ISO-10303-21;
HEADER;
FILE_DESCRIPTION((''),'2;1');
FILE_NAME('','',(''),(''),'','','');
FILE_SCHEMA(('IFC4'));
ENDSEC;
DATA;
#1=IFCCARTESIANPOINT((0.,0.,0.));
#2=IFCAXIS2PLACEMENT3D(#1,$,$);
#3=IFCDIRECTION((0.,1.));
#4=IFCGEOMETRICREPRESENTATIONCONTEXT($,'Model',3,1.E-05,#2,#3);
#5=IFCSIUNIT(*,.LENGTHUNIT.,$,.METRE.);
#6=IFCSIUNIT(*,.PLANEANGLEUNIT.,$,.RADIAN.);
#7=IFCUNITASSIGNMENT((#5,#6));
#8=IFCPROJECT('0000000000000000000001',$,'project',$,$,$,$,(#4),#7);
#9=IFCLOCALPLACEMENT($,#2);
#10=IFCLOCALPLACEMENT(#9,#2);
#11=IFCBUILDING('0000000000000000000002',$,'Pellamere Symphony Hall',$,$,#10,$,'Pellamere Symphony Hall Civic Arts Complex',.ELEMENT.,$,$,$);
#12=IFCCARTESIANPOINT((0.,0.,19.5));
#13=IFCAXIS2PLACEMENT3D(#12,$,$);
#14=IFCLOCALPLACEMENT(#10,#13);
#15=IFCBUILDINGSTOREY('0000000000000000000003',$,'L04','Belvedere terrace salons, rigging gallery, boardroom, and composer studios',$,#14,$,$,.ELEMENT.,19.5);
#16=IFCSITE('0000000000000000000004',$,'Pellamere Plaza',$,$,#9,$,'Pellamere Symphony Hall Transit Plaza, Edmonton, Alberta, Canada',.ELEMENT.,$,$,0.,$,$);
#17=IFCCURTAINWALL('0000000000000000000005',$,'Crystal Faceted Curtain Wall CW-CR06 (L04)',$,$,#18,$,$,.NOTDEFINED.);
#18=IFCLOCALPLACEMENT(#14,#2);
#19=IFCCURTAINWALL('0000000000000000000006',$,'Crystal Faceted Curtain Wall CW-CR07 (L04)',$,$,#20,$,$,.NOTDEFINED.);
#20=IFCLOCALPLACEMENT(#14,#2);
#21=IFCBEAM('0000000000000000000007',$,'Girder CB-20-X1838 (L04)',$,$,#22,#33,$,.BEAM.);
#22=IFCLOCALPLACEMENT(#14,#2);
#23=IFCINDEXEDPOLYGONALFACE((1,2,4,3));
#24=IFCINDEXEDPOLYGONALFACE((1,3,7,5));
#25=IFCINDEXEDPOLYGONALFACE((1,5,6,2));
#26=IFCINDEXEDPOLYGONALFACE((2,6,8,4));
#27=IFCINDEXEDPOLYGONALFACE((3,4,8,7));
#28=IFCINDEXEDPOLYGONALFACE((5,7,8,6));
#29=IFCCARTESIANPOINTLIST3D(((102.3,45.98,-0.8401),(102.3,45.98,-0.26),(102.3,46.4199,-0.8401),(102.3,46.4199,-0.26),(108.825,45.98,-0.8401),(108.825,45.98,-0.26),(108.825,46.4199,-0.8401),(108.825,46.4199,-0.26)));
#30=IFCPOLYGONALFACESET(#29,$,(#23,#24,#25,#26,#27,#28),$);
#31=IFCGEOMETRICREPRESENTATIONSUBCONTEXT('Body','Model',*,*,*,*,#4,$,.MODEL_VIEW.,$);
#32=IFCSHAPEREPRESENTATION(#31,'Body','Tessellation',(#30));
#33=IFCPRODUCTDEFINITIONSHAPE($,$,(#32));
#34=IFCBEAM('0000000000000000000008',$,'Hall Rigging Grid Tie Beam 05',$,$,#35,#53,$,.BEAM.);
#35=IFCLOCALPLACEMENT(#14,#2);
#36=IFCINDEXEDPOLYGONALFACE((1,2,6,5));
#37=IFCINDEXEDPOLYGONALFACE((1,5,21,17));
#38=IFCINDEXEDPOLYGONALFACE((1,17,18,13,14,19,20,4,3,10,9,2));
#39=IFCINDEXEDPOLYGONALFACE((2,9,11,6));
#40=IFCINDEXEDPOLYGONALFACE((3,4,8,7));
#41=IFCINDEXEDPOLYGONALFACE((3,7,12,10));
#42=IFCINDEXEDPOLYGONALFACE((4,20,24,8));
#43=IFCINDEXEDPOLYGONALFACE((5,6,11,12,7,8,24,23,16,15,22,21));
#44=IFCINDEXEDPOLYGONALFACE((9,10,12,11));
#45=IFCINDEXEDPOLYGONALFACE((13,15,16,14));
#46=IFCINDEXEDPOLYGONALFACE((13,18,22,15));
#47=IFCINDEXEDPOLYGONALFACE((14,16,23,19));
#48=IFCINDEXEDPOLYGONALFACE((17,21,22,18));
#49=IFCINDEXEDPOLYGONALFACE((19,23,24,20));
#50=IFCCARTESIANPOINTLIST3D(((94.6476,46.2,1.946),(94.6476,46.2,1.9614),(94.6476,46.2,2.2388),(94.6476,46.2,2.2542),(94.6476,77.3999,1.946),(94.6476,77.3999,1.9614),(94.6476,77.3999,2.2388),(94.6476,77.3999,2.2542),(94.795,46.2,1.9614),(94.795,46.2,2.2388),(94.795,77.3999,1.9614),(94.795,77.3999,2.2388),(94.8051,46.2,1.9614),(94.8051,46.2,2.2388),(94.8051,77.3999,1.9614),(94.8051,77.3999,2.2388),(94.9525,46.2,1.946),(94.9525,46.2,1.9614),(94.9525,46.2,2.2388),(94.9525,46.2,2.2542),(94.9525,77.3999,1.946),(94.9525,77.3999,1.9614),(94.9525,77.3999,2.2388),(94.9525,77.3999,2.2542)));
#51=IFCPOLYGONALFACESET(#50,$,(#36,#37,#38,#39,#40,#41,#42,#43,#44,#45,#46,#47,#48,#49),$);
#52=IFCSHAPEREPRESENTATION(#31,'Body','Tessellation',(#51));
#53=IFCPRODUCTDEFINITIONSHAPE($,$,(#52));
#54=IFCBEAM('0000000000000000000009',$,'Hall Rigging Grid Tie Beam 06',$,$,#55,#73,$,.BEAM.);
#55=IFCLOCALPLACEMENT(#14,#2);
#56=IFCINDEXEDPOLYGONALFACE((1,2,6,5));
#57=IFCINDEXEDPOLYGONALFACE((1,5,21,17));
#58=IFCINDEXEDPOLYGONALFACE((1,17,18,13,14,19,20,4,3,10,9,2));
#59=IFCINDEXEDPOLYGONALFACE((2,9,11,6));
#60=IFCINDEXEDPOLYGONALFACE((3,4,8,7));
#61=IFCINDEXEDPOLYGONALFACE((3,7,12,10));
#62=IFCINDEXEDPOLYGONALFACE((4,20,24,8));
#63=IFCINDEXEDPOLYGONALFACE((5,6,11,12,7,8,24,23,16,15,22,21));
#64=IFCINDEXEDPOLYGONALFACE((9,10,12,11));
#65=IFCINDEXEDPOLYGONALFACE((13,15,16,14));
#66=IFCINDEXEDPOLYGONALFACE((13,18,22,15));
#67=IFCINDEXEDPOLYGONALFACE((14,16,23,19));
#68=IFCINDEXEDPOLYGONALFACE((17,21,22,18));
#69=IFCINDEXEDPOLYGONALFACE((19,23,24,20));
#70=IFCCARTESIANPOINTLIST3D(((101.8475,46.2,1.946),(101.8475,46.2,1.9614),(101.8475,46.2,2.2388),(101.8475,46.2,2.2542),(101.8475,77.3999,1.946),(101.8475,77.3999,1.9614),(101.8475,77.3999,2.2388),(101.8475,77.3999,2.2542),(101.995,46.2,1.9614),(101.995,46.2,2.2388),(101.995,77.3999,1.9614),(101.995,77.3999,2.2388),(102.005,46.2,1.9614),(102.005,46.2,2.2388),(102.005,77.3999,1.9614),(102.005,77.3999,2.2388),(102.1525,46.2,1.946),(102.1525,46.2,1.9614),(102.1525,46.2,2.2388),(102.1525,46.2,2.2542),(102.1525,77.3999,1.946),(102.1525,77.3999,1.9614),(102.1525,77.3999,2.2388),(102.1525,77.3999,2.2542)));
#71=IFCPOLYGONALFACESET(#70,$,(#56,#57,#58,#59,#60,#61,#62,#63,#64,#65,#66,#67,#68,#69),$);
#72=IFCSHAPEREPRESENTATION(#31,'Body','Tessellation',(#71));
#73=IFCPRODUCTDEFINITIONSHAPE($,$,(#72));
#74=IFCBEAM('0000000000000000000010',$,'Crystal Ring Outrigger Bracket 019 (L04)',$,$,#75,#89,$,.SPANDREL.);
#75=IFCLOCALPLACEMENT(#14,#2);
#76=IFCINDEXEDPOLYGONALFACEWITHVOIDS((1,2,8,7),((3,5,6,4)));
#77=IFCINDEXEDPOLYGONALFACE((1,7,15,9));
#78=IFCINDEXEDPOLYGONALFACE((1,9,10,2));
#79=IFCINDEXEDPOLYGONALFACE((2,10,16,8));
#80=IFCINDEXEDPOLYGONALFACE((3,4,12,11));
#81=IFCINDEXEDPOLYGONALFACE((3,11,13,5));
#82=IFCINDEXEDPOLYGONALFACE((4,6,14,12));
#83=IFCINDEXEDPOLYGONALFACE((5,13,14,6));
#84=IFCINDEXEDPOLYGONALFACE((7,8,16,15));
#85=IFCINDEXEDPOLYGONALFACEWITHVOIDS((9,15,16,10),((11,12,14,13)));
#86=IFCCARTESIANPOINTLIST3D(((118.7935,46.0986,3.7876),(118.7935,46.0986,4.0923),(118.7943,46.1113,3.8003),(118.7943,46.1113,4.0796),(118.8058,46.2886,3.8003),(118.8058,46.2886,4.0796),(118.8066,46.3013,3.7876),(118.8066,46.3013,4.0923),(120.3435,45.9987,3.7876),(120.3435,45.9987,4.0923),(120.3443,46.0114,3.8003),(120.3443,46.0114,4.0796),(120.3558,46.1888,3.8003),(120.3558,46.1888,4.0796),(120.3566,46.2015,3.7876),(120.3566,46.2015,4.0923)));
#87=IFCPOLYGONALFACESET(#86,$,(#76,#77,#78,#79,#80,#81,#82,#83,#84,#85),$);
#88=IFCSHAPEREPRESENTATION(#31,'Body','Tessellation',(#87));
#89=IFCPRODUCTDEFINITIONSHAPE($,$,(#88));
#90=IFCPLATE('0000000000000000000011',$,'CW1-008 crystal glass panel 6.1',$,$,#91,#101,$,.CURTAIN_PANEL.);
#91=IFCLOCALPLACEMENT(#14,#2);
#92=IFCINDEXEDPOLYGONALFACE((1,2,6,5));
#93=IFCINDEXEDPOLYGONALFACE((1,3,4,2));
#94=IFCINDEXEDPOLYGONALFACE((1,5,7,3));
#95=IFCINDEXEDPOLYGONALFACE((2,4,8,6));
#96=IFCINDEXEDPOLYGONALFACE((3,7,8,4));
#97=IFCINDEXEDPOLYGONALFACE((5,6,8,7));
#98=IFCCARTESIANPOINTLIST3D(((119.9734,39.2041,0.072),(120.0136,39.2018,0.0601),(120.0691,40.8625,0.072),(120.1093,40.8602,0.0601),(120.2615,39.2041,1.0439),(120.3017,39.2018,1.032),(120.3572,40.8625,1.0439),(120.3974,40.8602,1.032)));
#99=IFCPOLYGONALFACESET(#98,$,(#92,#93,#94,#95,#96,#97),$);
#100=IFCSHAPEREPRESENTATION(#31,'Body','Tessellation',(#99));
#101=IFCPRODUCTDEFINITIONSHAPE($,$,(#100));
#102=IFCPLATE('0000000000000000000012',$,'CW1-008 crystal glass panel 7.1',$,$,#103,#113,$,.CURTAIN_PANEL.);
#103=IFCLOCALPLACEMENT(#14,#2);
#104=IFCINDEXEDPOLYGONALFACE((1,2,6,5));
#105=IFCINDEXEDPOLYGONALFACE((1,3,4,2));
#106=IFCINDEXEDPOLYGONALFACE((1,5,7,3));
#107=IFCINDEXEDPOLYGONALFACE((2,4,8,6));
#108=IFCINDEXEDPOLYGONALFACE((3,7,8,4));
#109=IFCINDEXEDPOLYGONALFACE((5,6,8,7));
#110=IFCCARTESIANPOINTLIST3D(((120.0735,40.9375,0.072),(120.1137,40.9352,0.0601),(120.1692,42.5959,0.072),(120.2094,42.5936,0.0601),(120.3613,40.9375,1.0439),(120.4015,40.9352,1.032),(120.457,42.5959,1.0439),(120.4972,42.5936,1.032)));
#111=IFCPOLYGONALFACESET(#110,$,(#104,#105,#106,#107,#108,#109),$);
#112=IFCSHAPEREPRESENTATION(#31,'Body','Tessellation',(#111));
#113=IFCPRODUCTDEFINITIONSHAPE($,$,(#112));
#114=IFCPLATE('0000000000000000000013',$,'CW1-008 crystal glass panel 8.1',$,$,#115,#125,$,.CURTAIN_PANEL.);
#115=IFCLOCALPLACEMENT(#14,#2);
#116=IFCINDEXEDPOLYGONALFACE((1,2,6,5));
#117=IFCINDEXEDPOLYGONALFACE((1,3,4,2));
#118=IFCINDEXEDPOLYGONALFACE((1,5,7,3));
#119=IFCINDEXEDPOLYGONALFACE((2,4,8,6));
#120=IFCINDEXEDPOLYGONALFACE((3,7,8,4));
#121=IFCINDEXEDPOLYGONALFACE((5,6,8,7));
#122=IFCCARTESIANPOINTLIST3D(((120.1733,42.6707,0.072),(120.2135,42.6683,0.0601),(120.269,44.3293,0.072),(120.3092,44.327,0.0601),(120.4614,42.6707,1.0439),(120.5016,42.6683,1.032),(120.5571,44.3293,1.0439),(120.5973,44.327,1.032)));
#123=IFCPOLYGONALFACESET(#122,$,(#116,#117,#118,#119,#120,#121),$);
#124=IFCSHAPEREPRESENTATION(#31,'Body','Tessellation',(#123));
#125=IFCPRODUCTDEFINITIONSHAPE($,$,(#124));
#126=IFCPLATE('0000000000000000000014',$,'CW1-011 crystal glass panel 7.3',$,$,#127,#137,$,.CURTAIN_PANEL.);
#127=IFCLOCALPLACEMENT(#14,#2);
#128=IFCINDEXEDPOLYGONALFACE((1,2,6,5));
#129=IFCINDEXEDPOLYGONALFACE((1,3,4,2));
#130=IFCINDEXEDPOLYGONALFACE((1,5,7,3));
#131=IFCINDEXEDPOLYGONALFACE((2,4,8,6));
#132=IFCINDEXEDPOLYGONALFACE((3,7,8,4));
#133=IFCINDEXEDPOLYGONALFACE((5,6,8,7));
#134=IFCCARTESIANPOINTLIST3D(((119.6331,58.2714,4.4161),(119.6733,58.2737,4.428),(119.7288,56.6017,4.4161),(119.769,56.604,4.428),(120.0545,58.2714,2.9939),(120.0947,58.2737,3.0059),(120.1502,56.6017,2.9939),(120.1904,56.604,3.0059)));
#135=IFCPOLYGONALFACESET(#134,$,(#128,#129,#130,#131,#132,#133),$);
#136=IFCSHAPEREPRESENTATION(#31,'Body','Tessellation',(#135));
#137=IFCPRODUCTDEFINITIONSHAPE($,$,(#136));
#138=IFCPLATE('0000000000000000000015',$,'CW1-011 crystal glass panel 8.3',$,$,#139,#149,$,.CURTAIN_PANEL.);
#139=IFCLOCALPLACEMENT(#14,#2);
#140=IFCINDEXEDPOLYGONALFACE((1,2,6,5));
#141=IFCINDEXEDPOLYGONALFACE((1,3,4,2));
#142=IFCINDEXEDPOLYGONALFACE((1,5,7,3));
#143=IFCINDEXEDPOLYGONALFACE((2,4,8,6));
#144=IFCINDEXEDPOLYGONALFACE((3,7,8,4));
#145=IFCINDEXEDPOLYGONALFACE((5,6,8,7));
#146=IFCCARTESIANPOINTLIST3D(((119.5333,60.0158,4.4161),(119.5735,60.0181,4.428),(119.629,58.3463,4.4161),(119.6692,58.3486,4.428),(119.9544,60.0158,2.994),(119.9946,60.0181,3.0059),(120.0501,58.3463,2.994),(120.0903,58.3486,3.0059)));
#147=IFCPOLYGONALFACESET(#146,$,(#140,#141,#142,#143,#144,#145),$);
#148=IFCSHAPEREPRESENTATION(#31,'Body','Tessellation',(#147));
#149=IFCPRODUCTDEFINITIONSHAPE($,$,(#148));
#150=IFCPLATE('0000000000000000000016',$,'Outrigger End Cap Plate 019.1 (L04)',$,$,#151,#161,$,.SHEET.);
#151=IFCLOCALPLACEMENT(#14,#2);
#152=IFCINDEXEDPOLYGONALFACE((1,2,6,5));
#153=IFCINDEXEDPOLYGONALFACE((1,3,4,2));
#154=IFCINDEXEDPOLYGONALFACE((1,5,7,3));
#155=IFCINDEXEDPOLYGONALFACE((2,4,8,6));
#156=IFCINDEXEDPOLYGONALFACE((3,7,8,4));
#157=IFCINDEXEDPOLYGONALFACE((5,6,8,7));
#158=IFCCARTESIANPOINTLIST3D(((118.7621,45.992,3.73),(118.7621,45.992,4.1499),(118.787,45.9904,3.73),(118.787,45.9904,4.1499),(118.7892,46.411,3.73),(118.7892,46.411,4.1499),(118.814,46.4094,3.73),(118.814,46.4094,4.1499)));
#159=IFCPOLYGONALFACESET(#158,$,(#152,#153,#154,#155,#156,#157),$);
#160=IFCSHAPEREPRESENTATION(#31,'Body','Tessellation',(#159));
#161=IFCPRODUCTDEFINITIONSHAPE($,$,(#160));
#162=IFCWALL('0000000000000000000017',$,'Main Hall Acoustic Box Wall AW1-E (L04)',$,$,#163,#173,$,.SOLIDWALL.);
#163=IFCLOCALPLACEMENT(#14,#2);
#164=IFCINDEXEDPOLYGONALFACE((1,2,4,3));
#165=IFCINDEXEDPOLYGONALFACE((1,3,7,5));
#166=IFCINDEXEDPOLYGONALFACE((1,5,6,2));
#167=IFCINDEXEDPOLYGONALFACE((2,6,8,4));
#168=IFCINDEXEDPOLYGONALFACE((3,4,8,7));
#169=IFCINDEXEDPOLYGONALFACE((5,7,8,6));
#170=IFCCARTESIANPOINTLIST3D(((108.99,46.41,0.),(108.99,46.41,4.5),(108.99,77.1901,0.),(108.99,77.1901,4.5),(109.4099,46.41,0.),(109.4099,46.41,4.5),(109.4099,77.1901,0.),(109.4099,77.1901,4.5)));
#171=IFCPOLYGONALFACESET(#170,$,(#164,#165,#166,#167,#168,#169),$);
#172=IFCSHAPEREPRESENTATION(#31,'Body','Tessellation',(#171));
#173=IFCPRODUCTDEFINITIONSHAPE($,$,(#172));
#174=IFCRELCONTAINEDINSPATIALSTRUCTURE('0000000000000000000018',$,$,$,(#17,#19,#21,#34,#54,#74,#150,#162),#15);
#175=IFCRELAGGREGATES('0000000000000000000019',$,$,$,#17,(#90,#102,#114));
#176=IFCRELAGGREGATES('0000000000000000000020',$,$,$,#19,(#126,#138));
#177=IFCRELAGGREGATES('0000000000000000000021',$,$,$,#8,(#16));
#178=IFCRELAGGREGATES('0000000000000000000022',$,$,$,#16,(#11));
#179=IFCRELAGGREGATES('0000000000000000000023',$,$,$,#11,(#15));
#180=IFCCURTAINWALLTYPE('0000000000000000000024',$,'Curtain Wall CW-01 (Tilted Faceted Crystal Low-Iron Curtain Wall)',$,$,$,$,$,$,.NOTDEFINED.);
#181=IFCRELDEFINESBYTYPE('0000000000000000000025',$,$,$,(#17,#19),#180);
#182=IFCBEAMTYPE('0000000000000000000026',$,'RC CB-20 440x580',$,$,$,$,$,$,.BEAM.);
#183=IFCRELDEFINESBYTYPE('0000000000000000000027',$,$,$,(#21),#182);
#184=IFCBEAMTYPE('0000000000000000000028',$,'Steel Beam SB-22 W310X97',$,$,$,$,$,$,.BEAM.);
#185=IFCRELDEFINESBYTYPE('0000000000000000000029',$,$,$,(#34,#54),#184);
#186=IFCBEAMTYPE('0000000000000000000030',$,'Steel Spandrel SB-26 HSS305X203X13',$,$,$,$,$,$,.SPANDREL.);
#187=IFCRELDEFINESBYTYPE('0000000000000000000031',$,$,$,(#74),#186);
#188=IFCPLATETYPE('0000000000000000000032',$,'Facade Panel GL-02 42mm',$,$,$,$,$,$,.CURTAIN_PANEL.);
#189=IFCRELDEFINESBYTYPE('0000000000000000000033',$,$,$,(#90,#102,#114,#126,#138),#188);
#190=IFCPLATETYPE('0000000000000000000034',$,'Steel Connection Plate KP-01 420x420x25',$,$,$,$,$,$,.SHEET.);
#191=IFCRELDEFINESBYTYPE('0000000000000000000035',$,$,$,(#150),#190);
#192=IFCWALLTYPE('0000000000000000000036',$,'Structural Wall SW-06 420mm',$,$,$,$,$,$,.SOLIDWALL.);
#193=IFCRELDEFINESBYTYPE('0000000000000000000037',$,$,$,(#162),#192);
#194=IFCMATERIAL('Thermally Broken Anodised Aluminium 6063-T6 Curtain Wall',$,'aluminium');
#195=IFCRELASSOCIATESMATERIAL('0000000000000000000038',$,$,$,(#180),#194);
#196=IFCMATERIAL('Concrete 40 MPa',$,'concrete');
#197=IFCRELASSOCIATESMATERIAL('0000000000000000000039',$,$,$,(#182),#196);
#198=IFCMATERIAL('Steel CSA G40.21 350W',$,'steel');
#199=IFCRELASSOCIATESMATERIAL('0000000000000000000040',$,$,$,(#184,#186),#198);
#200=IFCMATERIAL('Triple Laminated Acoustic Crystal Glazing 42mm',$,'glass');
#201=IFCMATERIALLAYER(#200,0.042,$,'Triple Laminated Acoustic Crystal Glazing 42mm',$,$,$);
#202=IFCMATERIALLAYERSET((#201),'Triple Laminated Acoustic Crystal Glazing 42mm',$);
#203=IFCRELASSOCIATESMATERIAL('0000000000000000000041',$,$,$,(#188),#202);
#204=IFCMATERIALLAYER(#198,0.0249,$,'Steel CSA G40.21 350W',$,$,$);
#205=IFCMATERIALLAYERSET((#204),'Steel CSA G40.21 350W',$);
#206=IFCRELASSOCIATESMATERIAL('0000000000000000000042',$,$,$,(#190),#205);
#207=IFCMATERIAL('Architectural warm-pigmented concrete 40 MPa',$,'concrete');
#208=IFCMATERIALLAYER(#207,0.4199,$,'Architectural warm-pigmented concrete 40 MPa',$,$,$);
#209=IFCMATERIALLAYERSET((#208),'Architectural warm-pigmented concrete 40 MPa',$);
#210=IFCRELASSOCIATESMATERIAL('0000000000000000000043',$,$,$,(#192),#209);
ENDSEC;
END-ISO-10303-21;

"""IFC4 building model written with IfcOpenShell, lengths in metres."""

from ifc_helpers import new_model, si_unit, direction, frame, frame_2d, origin, origin_2d, place, context, subcontext, project, spatial, polyline, rectangle, hollow_rectangle, i_section, outline, extrude, material, layer, layer_set, material_profile, profile_set, type_object, element, aggregate, save


model = new_model("IFC4")

# Units and contexts
model_context = context("Model", 3, precision=1e-05, world=origin(), true_north=direction((0.0, 1.0)))
body_context = subcontext(model_context, "Body", "Model", "MODEL_VIEW")
ifc_project = project(units=[si_unit("LENGTHUNIT", "METRE"), si_unit("PLANEANGLEUNIT", "RADIAN")], contexts=[model_context])

# Site, building, storey
site_placement = place(None, origin())
site = spatial("IfcSite", under=ifc_project, at=site_placement, Name="Pellamere Plaza", LongName="Pellamere Symphony Hall Transit Plaza, Edmonton, Alberta, Canada", CompositionType="ELEMENT", RefElevation=0.0)
building_placement = place(site_placement, origin())
building = spatial("IfcBuilding", under=site, at=building_placement, Name="Pellamere Symphony Hall", LongName="Pellamere Symphony Hall Civic Arts Complex", CompositionType="ELEMENT")
storey_placement = place(building_placement, frame((0.0, 0.0, 19.5)))
storey = spatial("IfcBuildingStorey", under=building, at=storey_placement, Name="L04", Description="Belvedere terrace salons, rigging gallery, boardroom, and composer studios", CompositionType="ELEMENT", Elevation=19.5)

# Shared definitions
ifc_material_1 = material(Name="Concrete 40 MPa", Category="concrete")

# Curtain walls
ifc_material_2 = material(Name="Thermally Broken Anodised Aluminium 6063-T6 Curtain Wall", Category="aluminium")
curtain_wall_type = type_object("IfcCurtainWallType", Name="Curtain Wall CW-01 (Tilted Faceted Crystal Low-Iron Curtain Wall)", PredefinedType="NOTDEFINED", material=ifc_material_2)
curtain_wall_1_placement = place(storey_placement, origin())
curtain_wall_1 = element("IfcCurtainWall", 1, at=curtain_wall_1_placement, inside=storey, type_object=curtain_wall_type, Name="Crystal Faceted Curtain Wall CW-CR06 (L04)", PredefinedType="NOTDEFINED")
curtain_wall_2_placement = place(storey_placement, origin())
curtain_wall_2 = element("IfcCurtainWall", 2, at=curtain_wall_2_placement, inside=storey, type_object=curtain_wall_type, Name="Crystal Faceted Curtain Wall CW-CR07 (L04)", PredefinedType="NOTDEFINED")

# Beams
ifc_material_profile_1 = material_profile(ifc_material_1, rectangle(XDim=0.4399, YDim=0.5801, at=origin_2d()), Name="RC 440x580")
ifc_profile_set_1 = profile_set([ifc_material_profile_1], Name="Concrete 40 MPa")
beam_type_1 = type_object("IfcBeamType", Name="RC CB-20 440x580", PredefinedType="BEAM", material=ifc_profile_set_1)
beam_1_placement = place(storey_placement, frame((102.3, 46.2, -0.55), z_axis=(1.0, 0.0, 0.0), x_axis=(0.0, 1.0, 0.0)))
element("IfcBeam", 3, at=beam_1_placement, inside=storey, type_object=beam_type_1, Name="Girder CB-20-X1838 (L04)", PredefinedType="BEAM", context=body_context, shape_type="SweptSolid", body=[
    extrude(rectangle(XDim=0.4399, YDim=0.5801, at=origin_2d()), origin(), (0.0, 0.0, 1.0), 6.5249),
])
ifc_material_3 = material(Name="Steel CSA G40.21 350W", Category="steel")
ifc_material_profile_2 = material_profile(ifc_material_3, i_section(OverallWidth=0.3049, OverallDepth=0.3081, WebThickness=0.01, FlangeThickness=0.0154, at=origin_2d()), Name="W310X97")
ifc_profile_set_2 = profile_set([ifc_material_profile_2], Name="Steel CSA G40.21 350W")
beam_type_2 = type_object("IfcBeamType", Name="Steel Beam SB-22 W310X97", PredefinedType="BEAM", material=ifc_profile_set_2)
for number, where, z_axis, x_axis, name in (
    (4, (94.8, 46.2, 2.1001), (0.0, 1.0, 0.0), (-1.0, 0.0, 0.0), "Hall Rigging Grid Tie Beam 05"),
    (5, (102.0, 46.2, 2.1001), (0.0, 1.0, 0.0), (-1.0, 0.0, 0.0), "Hall Rigging Grid Tie Beam 06"),
):
    element("IfcBeam", number, at=place(storey_placement, frame(where, z_axis=z_axis, x_axis=x_axis)), inside=storey, type_object=beam_type_2, Name=name, PredefinedType="BEAM", context=body_context, shape_type="SweptSolid", body=[
        extrude(i_section(OverallWidth=0.3049, OverallDepth=0.3081, WebThickness=0.01, FlangeThickness=0.0154, at=origin_2d()), origin(), (0.0, 0.0, 1.0), 31.2),
    ])
ifc_material_profile_3 = material_profile(ifc_material_3, hollow_rectangle(XDim=0.2031, YDim=0.3047, WallThickness=0.0127, at=origin_2d()), Name="HSS305X203X13")
ifc_profile_set_3 = profile_set([ifc_material_profile_3], Name="Steel CSA G40.21 350W")
beam_type_3 = type_object("IfcBeamType", Name="Steel Spandrel SB-26 HSS305X203X13", PredefinedType="SPANDREL", material=ifc_profile_set_3)
beam_2_placement = place(storey_placement, frame((118.8, 46.2, 3.9399), z_axis=(0.997931, -0.064286, 0.0), x_axis=(0.064286, 0.997931, 0.0)))
element("IfcBeam", 6, at=beam_2_placement, inside=storey, type_object=beam_type_3, Name="Crystal Ring Outrigger Bracket 019 (L04)", PredefinedType="SPANDREL", context=body_context, shape_type="SweptSolid", body=[
    extrude(hollow_rectangle(XDim=0.2031, YDim=0.3047, WallThickness=0.0127, at=origin_2d()), origin(), (0.0, 0.0, 1.0), 1.5532),
])

# Plates
ifc_material_4 = material(Name="Triple Laminated Acoustic Crystal Glazing 42mm", Category="glass")
ifc_layer_1 = layer(ifc_material_4, 0.042, Name="Triple Laminated Acoustic Crystal Glazing 42mm")
ifc_layer_set_1 = layer_set([ifc_layer_1], Name="Triple Laminated Acoustic Crystal Glazing 42mm")
plate_type_1 = type_object("IfcPlateType", Name="Facade Panel GL-02 42mm", PredefinedType="CURTAIN_PANEL", material=ifc_layer_set_1)
plate_1_placement = place(storey_placement, frame((119.9734, 39.2041, 0.072), z_axis=(-0.957305, 0.055243, 0.283753), x_axis=(0.057611, 0.998339, 0.0)))
plate_1 = element("IfcPlate", 7, at=plate_1_placement, type_object=plate_type_1, Name="CW1-008 crystal glass panel 6.1", PredefinedType="CURTAIN_PANEL", context=body_context, shape_type="SweptSolid", body=[
    extrude(outline(polyline([(0.0, 0.0), (1.6612, 0.0), (1.6778, -1.0136), (0.0166, -1.0136), (0.0, 0.0)])), origin(), (0.0, 0.0, -1.0), 0.042),
])
plate_2_placement = place(storey_placement, frame((120.0735, 40.9375, 0.072), z_axis=(-0.95737, 0.055246, 0.283532), x_axis=(0.057611, 0.998339, 0.0)))
plate_2 = element("IfcPlate", 8, at=plate_2_placement, type_object=plate_type_1, Name="CW1-008 crystal glass panel 7.1", PredefinedType="CURTAIN_PANEL", context=body_context, shape_type="SweptSolid", body=[
    extrude(outline(polyline([(0.0, 0.0), (1.6612, 0.0), (1.6778, -1.0135), (0.0166, -1.0135), (0.0, 0.0)])), origin(), (0.0, 0.0, -1.0), 0.042),
])
plate_3_placement = place(storey_placement, frame((120.1733, 42.6707, 0.072), z_axis=(-0.957305, 0.055235, 0.283753), x_axis=(0.057602, 0.99834, 0.0)))
plate_3 = element("IfcPlate", 9, at=plate_3_placement, type_object=plate_type_1, Name="CW1-008 crystal glass panel 8.1", PredefinedType="CURTAIN_PANEL", context=body_context, shape_type="SweptSolid", body=[
    extrude(outline(polyline([(0.0, 0.0), (1.6615, 0.0), (1.678, -1.0136), (0.0166, -1.0136), (0.0, 0.0)])), origin(), (0.0, 0.0, -1.0), 0.042),
])
aggregate(curtain_wall_1, [plate_1, plate_2, plate_3])
plate_4_placement = place(storey_placement, frame((120.1904, 56.604, 3.0059), z_axis=(0.95735, 0.054874, 0.283671), x_axis=(-0.057224, 0.998361, 0.0)))
plate_4 = element("IfcPlate", 10, at=plate_4_placement, type_object=plate_type_1, Name="CW1-011 crystal glass panel 7.3", PredefinedType="CURTAIN_PANEL", context=body_context, shape_type="SweptSolid", body=[
    extrude(outline(polyline([(0.0, 0.0), (1.6724, 0.0), (1.6965, 1.483), (0.0241, 1.483), (0.0, 0.0)])), origin(), (0.0, 0.0, -1.0), 0.042),
])
plate_5_placement = place(storey_placement, frame((120.0903, 58.3486, 3.0059), z_axis=(0.957394, 0.054884, 0.28352), x_axis=(-0.057233, 0.998361, 0.0)))
plate_5 = element("IfcPlate", 11, at=plate_5_placement, type_object=plate_type_1, Name="CW1-011 crystal glass panel 8.3", PredefinedType="CURTAIN_PANEL", context=body_context, shape_type="SweptSolid", body=[
    extrude(outline(polyline([(0.0, 0.0), (1.6722, 0.0), (1.6963, 1.483), (0.0241, 1.483), (0.0, 0.0)])), origin(), (0.0, 0.0, -1.0), 0.042),
])
aggregate(curtain_wall_2, [plate_4, plate_5])
ifc_layer_2 = layer(ifc_material_3, 0.0249, Name="Steel CSA G40.21 350W")
ifc_layer_set_2 = layer_set([ifc_layer_2], Name="Steel CSA G40.21 350W")
plate_type_2 = type_object("IfcPlateType", Name="Steel Connection Plate KP-01 420x420x25", PredefinedType="SHEET", material=ifc_layer_set_2)
plate_6_placement = place(storey_placement, frame((118.7881, 46.2007, 3.73), z_axis=(0.0, 0.0, 1.0), x_axis=(0.997927, -0.064358, 0.0)))
element("IfcPlate", 12, at=plate_6_placement, inside=storey, type_object=plate_type_2, Name="Outrigger End Cap Plate 019.1 (L04)", PredefinedType="SHEET", context=body_context, shape_type="SweptSolid", body=[
    extrude(rectangle(XDim=0.0249, YDim=0.4199, at=origin_2d()), origin(), (0.0, 0.0, 1.0), 0.4199),
])

# Wall
ifc_material_5 = material(Name="Architectural warm-pigmented concrete 40 MPa", Category="concrete")
ifc_layer_3 = layer(ifc_material_5, 0.4199, Name="Architectural warm-pigmented concrete 40 MPa")
ifc_layer_set_3 = layer_set([ifc_layer_3], Name="Architectural warm-pigmented concrete 40 MPa")
wall_type = type_object("IfcWallType", Name="Structural Wall SW-06 420mm", PredefinedType="SOLIDWALL", material=ifc_layer_set_3)
wall_placement = place(storey_placement, frame((109.2, 46.4099, 0.0), z_axis=(0.0, 0.0, 1.0), x_axis=(0.0, 1.0, 0.0)))
element("IfcWall", 13, at=wall_placement, inside=storey, type_object=wall_type, Name="Main Hall Acoustic Box Wall AW1-E (L04)", PredefinedType="SOLIDWALL", context=body_context, shape_type="SweptSolid", body=[
    extrude(rectangle(XDim=30.78, YDim=0.4199, at=frame_2d((15.3901, 0.0))), origin(), (0.0, 0.0, 1.0), 4.5),
])

save(model, "model.ifc")
